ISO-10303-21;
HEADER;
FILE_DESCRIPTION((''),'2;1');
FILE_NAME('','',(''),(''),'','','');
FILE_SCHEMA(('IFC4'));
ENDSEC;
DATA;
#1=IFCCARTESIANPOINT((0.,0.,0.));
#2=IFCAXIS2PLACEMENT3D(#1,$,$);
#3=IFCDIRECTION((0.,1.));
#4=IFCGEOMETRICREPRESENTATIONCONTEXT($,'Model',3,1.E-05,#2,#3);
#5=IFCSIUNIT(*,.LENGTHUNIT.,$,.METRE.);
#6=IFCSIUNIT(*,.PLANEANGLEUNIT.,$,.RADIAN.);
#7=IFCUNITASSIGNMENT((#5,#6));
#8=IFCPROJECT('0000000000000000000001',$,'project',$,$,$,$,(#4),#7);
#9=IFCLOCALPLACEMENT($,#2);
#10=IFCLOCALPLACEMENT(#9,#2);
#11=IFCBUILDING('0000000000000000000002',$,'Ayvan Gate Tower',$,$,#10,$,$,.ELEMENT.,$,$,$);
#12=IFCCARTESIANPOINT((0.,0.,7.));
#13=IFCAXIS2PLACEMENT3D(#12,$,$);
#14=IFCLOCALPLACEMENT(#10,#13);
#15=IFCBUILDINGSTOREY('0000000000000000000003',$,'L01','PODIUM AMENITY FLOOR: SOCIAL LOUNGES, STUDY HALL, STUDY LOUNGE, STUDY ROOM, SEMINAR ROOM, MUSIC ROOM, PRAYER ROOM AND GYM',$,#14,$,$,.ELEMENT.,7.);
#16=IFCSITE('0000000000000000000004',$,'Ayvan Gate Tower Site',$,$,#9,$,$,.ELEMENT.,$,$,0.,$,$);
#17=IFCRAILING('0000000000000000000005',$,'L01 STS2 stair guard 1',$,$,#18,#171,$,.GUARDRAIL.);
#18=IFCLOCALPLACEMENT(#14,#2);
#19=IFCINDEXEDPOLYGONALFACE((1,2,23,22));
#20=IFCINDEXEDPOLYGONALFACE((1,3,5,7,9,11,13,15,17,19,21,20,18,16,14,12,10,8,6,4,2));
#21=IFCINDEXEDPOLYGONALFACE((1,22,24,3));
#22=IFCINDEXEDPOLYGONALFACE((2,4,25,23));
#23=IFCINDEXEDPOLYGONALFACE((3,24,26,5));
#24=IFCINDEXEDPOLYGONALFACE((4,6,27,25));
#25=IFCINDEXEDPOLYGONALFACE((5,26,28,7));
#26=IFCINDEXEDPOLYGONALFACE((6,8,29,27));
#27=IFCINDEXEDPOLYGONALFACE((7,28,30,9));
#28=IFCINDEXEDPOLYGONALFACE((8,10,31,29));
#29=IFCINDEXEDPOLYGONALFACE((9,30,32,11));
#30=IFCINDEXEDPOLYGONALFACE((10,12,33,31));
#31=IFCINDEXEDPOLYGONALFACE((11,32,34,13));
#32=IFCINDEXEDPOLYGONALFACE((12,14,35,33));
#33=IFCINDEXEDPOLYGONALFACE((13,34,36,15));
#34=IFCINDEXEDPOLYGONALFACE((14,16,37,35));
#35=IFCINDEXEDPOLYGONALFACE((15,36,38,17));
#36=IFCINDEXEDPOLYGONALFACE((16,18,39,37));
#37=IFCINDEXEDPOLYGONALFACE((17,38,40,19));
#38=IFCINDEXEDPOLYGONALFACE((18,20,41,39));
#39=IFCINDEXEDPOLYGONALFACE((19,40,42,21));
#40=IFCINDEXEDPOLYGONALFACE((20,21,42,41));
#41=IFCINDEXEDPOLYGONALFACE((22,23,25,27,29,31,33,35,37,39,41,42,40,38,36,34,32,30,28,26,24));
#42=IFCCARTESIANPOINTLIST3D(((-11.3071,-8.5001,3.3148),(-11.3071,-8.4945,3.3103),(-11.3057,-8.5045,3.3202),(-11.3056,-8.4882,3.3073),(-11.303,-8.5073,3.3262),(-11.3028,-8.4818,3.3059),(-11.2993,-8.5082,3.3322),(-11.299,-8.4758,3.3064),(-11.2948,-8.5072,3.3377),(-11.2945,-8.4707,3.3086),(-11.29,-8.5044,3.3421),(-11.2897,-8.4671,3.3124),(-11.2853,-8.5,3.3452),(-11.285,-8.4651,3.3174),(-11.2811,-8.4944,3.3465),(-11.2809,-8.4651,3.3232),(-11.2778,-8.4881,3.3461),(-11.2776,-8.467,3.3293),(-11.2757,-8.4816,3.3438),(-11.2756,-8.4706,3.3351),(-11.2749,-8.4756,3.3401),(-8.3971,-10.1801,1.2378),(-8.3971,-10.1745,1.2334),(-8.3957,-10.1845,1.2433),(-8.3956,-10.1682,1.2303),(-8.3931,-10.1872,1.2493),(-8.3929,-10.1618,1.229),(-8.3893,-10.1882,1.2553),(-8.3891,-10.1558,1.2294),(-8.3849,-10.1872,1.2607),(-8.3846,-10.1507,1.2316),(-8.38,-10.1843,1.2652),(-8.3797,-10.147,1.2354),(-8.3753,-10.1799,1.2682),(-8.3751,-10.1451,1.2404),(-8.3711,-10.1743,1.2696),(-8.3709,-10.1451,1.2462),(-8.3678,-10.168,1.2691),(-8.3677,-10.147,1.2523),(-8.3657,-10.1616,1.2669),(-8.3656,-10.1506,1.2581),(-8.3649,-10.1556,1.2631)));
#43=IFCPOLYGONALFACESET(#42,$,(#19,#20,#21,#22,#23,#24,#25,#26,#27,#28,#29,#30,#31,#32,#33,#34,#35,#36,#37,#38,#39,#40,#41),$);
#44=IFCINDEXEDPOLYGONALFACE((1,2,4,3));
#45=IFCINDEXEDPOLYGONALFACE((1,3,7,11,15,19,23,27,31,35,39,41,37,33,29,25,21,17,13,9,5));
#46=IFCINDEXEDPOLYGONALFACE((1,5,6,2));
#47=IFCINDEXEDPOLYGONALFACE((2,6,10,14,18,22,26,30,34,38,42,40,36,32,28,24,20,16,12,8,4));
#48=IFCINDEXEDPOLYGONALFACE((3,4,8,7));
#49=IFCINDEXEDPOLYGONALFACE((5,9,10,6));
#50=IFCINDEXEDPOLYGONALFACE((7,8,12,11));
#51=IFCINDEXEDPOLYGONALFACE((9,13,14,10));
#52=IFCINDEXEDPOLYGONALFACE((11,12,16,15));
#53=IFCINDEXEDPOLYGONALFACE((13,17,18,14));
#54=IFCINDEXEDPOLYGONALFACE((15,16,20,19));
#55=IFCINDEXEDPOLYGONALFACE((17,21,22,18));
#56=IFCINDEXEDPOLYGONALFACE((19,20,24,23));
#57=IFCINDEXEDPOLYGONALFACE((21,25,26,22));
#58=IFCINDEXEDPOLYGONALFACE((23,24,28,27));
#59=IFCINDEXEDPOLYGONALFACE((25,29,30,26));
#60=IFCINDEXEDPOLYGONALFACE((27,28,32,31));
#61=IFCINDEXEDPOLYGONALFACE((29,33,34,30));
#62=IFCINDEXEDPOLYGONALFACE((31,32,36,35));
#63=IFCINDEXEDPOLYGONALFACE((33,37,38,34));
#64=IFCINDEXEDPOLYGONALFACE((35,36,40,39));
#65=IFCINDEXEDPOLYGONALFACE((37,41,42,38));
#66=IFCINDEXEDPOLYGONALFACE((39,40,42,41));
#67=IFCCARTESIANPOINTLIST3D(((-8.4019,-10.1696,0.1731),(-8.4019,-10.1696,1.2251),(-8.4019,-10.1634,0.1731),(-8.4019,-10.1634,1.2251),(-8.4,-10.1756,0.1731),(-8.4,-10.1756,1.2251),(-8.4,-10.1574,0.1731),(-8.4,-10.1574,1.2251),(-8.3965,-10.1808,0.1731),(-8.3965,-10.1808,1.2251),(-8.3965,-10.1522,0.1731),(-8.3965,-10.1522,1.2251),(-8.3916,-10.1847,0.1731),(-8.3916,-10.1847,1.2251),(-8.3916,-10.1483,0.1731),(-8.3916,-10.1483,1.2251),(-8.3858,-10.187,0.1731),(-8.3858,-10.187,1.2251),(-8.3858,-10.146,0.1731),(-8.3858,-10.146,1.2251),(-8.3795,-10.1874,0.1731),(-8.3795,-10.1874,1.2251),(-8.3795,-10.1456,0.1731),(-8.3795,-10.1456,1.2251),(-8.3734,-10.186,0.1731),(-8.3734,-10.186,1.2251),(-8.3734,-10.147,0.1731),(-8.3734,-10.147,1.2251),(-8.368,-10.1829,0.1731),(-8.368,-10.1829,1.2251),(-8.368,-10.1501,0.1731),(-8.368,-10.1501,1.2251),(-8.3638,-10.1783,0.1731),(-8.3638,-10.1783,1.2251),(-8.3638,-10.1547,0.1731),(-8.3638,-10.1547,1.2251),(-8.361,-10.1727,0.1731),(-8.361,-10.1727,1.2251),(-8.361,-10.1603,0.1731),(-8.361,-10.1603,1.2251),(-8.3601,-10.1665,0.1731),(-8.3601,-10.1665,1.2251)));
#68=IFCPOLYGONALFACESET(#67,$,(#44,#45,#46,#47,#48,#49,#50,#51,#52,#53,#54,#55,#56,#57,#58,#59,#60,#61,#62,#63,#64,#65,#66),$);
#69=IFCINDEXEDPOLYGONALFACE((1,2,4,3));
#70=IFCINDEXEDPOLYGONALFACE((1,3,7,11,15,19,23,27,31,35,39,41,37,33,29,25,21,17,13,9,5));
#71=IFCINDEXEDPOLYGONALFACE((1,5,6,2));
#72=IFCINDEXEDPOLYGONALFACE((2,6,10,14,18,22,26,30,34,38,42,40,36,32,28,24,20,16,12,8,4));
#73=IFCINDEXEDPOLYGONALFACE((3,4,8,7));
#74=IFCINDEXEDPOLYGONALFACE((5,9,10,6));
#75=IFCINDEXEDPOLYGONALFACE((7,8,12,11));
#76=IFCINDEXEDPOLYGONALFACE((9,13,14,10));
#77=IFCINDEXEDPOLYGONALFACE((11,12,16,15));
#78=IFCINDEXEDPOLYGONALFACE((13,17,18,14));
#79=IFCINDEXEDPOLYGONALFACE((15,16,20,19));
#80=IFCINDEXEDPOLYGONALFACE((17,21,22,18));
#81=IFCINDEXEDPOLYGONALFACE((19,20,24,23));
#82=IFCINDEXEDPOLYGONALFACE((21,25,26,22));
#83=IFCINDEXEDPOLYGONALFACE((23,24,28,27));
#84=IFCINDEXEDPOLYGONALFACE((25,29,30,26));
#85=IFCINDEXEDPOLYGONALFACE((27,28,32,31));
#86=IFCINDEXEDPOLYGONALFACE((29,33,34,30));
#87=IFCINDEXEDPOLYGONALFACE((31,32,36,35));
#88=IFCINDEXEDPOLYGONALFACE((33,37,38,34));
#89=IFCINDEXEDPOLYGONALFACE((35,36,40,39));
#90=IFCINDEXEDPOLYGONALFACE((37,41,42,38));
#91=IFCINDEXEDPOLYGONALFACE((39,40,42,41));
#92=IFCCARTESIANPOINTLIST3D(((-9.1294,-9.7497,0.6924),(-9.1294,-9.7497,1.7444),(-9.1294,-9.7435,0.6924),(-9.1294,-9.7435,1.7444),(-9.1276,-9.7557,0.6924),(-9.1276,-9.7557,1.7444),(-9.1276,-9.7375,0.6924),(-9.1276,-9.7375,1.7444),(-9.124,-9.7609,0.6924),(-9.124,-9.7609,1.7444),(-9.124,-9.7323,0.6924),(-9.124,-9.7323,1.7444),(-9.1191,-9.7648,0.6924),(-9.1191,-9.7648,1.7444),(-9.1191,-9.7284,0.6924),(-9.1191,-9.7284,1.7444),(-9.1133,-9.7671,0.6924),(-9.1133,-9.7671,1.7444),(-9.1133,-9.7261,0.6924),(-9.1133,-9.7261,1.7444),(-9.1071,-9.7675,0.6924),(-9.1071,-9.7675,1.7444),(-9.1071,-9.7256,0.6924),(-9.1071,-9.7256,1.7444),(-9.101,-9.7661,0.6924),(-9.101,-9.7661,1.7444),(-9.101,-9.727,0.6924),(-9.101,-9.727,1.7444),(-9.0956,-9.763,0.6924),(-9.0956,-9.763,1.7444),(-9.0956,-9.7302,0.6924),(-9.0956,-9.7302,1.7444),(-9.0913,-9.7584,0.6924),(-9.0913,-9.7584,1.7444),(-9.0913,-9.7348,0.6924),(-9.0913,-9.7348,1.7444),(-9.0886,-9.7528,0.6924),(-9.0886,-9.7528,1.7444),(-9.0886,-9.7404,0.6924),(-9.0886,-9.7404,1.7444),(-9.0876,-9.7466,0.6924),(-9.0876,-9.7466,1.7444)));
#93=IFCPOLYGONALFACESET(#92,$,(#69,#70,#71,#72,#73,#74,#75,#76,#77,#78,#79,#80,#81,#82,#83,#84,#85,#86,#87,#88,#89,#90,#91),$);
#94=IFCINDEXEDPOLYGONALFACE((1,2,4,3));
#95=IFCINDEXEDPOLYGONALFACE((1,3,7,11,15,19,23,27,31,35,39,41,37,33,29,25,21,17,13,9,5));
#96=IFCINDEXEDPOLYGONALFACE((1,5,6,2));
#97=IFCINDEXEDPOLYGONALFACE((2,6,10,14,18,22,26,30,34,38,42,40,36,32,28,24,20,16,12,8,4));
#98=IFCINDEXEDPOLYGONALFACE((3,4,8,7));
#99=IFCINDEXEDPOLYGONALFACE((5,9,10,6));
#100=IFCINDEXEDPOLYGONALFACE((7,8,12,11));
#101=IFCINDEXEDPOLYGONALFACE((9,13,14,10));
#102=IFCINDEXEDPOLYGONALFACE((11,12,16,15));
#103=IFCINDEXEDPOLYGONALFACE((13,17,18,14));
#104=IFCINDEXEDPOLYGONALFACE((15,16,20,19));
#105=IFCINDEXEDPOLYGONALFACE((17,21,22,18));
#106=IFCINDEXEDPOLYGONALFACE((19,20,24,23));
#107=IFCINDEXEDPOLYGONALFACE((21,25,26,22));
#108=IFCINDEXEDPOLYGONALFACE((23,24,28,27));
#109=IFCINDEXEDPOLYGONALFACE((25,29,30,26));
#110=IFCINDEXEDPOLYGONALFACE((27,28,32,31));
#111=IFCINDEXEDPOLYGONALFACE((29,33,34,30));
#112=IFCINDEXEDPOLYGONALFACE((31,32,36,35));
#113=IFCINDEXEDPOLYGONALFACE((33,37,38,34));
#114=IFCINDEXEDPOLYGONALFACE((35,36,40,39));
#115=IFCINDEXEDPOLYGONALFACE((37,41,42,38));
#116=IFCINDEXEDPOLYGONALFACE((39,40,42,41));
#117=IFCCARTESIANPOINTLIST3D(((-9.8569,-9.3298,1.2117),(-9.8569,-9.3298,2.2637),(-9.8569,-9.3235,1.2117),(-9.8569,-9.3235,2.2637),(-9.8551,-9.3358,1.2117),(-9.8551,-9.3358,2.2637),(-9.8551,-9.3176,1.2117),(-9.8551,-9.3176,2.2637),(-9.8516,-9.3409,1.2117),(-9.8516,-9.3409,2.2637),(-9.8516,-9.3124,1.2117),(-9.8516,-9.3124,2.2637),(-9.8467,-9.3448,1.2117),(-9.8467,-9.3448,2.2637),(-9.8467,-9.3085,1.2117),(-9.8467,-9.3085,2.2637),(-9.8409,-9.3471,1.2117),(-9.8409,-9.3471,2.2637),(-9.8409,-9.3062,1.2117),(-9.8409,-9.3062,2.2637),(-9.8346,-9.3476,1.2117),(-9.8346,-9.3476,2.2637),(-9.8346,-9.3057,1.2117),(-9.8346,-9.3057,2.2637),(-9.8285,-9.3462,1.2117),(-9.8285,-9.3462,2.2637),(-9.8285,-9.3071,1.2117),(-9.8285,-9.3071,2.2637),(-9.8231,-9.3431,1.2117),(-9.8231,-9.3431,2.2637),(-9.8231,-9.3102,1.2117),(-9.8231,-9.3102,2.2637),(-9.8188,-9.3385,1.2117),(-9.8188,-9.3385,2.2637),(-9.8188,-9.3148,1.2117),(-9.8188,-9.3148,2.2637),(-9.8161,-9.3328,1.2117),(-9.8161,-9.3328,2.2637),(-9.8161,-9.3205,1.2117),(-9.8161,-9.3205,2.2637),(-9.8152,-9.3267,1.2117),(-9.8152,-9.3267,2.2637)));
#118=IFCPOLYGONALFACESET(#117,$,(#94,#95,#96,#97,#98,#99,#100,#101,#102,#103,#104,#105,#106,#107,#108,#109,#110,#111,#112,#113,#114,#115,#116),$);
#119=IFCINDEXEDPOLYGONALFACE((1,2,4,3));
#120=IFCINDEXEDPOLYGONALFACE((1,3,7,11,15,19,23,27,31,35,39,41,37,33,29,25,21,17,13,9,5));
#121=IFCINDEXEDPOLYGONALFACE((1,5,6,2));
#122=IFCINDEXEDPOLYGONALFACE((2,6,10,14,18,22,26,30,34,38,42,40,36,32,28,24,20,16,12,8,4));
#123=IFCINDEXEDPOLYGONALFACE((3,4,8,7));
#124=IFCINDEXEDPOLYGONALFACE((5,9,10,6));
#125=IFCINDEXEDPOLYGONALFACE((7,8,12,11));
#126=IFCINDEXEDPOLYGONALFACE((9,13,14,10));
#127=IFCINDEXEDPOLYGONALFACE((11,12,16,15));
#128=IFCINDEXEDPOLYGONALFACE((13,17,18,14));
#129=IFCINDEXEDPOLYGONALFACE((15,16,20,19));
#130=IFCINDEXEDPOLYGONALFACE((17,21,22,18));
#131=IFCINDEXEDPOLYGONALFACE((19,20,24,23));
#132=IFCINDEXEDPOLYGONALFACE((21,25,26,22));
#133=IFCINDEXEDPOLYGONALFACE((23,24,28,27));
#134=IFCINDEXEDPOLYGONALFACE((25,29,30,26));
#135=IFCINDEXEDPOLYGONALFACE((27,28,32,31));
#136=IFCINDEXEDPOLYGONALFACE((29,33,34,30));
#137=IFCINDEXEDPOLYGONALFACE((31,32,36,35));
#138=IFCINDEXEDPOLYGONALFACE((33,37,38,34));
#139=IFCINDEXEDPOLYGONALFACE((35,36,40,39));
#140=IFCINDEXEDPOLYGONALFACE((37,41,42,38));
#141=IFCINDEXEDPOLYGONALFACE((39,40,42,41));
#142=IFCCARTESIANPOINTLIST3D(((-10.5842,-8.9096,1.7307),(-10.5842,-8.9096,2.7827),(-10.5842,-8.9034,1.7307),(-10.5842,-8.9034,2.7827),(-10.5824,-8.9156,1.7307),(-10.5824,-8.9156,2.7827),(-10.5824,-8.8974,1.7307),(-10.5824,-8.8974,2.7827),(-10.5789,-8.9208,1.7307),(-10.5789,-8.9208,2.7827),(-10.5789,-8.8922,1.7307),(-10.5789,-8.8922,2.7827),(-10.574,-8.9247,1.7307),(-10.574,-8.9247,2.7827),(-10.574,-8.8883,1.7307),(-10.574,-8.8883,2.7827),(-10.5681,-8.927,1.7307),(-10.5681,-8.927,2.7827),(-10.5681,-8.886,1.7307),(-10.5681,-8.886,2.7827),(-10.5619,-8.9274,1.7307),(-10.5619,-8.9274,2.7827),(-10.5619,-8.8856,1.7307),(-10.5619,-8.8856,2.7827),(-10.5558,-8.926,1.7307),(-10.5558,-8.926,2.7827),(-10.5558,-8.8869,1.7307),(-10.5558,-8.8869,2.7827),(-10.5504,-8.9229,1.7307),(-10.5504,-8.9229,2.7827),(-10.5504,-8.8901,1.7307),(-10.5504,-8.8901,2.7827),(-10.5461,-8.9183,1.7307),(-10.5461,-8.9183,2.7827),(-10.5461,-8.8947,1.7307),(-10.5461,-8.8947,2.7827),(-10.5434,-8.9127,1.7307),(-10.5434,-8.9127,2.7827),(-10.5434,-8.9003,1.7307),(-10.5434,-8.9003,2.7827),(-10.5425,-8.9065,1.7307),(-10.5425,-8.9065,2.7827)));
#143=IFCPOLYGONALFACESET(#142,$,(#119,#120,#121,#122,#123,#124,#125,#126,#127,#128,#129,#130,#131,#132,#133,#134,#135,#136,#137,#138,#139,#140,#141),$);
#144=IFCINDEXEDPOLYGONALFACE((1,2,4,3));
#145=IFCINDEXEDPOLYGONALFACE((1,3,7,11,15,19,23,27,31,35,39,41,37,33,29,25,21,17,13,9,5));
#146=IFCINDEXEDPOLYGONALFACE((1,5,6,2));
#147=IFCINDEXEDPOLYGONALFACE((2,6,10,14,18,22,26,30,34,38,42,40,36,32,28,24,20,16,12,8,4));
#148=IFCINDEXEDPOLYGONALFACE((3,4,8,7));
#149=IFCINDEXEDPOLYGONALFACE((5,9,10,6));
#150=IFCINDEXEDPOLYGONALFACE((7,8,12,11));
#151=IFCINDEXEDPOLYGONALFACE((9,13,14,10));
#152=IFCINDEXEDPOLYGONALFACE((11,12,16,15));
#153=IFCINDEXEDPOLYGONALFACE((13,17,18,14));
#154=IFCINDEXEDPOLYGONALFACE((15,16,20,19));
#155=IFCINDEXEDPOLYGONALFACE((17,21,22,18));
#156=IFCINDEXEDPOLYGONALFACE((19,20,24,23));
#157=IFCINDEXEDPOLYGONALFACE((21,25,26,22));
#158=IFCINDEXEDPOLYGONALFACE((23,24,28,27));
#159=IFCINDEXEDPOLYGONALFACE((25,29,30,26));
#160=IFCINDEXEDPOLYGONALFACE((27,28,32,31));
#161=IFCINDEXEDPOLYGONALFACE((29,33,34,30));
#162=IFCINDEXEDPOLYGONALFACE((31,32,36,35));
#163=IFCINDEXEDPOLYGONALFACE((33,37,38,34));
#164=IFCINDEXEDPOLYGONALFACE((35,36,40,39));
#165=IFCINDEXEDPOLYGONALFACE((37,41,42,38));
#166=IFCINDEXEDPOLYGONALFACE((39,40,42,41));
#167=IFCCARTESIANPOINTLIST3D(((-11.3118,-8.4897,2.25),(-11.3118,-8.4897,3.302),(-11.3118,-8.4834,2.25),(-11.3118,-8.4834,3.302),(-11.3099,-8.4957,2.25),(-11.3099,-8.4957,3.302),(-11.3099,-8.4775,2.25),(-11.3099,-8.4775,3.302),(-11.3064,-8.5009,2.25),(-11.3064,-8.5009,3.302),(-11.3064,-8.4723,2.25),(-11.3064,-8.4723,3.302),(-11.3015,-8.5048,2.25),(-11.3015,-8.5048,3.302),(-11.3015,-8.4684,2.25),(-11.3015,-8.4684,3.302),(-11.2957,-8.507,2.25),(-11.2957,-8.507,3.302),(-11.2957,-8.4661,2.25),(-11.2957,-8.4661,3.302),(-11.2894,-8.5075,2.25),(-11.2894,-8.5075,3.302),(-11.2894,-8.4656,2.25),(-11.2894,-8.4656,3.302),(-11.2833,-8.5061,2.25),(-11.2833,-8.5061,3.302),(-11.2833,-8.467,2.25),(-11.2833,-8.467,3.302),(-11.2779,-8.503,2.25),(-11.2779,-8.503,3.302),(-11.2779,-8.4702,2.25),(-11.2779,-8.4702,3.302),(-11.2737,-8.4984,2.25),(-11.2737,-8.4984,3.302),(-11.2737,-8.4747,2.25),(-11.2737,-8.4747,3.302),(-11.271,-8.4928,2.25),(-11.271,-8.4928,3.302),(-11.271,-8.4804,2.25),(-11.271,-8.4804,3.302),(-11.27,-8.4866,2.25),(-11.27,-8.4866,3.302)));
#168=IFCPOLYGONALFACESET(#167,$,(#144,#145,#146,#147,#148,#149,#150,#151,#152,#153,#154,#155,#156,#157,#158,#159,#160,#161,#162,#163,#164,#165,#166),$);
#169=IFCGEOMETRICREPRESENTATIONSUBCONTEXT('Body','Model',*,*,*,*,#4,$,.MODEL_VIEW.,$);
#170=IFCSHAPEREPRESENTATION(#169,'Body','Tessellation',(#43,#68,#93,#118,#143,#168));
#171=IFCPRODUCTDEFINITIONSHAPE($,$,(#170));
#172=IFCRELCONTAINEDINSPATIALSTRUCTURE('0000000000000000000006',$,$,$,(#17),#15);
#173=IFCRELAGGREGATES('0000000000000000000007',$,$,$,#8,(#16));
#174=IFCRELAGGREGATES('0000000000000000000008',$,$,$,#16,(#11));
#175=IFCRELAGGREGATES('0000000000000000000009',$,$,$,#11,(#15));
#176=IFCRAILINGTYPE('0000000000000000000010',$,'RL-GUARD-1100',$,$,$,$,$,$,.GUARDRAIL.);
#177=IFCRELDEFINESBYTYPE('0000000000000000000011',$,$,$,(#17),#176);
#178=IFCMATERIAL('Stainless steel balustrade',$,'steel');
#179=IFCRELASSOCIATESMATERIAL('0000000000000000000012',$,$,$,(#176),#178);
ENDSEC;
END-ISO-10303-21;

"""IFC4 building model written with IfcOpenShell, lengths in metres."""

from ifc_helpers import new_model, si_unit, direction, frame, origin, origin_2d, place, context, subcontext, project, spatial, circle, extrude, material, type_object, element, save


model = new_model("IFC4")

# Units and contexts
model_context = context("Model", 3, precision=1e-05, world=origin(), true_north=direction((0.0, 1.0)))
body_context = subcontext(model_context, "Body", "Model", "MODEL_VIEW")
ifc_project = project(units=[si_unit("LENGTHUNIT", "METRE"), si_unit("PLANEANGLEUNIT", "RADIAN")], contexts=[model_context])

# Site, building, storey
site_placement = place(None, origin())
site = spatial("IfcSite", under=ifc_project, at=site_placement, Name="Ayvan Gate Tower Site", CompositionType="ELEMENT", RefElevation=0.0)
building_placement = place(site_placement, origin())
building = spatial("IfcBuilding", under=site, at=building_placement, Name="Ayvan Gate Tower", CompositionType="ELEMENT")
storey_placement = place(building_placement, frame((0.0, 0.0, 7.0)))
storey = spatial("IfcBuildingStorey", under=building, at=storey_placement, Name="L01", Description="PODIUM AMENITY FLOOR: SOCIAL LOUNGES, STUDY HALL, STUDY LOUNGE, STUDY ROOM, SEMINAR ROOM, MUSIC ROOM, PRAYER ROOM AND GYM", CompositionType="ELEMENT", Elevation=7.0)

# Railing
ifc_material_1 = material(Name="Stainless steel balustrade", Category="steel")
railing_type_1 = type_object("IfcRailingType", Name="RL-GUARD-1100", PredefinedType="GUARDRAIL", material=ifc_material_1)
railing_1_placement = place(storey_placement, frame((-8.3811, -10.1665, 0.1731)))
element("IfcRailing", 1, at=railing_1_placement, inside=storey, type_object=railing_type_1, Name="L01 STS2 stair guard 1", PredefinedType="GUARDRAIL", context=body_context, shape_type="SweptSolid", body=[
    extrude(circle(Radius=0.0239, at=origin_2d()), frame((0.0, 0.0, 1.0762), z_axis=(-0.736668, 0.425288, 0.525785), x_axis=(-0.499976, -0.866039, 0.0)), (0.0, 0.0, 1.0), 3.9502),
    extrude(circle(Radius=0.021, at=origin_2d()), origin(), (0.0, 0.0, 1.0), 1.052),
    extrude(circle(Radius=0.021, at=origin_2d()), frame((-0.7275, 0.4199, 0.5193)), (0.0, 0.0, 1.0), 1.052),
    extrude(circle(Radius=0.021, at=origin_2d()), frame((-1.4551, 0.8398, 1.0386)), (0.0, 0.0, 1.0), 1.052),
    extrude(circle(Radius=0.021, at=origin_2d()), frame((-2.1824, 1.26, 1.5576)), (0.0, 0.0, 1.0), 1.052),
    extrude(circle(Radius=0.021, at=origin_2d()), frame((-2.9099, 1.6799, 2.0769)), (0.0, 0.0, 1.0), 1.052),
])

save(model, "model.ifc")
